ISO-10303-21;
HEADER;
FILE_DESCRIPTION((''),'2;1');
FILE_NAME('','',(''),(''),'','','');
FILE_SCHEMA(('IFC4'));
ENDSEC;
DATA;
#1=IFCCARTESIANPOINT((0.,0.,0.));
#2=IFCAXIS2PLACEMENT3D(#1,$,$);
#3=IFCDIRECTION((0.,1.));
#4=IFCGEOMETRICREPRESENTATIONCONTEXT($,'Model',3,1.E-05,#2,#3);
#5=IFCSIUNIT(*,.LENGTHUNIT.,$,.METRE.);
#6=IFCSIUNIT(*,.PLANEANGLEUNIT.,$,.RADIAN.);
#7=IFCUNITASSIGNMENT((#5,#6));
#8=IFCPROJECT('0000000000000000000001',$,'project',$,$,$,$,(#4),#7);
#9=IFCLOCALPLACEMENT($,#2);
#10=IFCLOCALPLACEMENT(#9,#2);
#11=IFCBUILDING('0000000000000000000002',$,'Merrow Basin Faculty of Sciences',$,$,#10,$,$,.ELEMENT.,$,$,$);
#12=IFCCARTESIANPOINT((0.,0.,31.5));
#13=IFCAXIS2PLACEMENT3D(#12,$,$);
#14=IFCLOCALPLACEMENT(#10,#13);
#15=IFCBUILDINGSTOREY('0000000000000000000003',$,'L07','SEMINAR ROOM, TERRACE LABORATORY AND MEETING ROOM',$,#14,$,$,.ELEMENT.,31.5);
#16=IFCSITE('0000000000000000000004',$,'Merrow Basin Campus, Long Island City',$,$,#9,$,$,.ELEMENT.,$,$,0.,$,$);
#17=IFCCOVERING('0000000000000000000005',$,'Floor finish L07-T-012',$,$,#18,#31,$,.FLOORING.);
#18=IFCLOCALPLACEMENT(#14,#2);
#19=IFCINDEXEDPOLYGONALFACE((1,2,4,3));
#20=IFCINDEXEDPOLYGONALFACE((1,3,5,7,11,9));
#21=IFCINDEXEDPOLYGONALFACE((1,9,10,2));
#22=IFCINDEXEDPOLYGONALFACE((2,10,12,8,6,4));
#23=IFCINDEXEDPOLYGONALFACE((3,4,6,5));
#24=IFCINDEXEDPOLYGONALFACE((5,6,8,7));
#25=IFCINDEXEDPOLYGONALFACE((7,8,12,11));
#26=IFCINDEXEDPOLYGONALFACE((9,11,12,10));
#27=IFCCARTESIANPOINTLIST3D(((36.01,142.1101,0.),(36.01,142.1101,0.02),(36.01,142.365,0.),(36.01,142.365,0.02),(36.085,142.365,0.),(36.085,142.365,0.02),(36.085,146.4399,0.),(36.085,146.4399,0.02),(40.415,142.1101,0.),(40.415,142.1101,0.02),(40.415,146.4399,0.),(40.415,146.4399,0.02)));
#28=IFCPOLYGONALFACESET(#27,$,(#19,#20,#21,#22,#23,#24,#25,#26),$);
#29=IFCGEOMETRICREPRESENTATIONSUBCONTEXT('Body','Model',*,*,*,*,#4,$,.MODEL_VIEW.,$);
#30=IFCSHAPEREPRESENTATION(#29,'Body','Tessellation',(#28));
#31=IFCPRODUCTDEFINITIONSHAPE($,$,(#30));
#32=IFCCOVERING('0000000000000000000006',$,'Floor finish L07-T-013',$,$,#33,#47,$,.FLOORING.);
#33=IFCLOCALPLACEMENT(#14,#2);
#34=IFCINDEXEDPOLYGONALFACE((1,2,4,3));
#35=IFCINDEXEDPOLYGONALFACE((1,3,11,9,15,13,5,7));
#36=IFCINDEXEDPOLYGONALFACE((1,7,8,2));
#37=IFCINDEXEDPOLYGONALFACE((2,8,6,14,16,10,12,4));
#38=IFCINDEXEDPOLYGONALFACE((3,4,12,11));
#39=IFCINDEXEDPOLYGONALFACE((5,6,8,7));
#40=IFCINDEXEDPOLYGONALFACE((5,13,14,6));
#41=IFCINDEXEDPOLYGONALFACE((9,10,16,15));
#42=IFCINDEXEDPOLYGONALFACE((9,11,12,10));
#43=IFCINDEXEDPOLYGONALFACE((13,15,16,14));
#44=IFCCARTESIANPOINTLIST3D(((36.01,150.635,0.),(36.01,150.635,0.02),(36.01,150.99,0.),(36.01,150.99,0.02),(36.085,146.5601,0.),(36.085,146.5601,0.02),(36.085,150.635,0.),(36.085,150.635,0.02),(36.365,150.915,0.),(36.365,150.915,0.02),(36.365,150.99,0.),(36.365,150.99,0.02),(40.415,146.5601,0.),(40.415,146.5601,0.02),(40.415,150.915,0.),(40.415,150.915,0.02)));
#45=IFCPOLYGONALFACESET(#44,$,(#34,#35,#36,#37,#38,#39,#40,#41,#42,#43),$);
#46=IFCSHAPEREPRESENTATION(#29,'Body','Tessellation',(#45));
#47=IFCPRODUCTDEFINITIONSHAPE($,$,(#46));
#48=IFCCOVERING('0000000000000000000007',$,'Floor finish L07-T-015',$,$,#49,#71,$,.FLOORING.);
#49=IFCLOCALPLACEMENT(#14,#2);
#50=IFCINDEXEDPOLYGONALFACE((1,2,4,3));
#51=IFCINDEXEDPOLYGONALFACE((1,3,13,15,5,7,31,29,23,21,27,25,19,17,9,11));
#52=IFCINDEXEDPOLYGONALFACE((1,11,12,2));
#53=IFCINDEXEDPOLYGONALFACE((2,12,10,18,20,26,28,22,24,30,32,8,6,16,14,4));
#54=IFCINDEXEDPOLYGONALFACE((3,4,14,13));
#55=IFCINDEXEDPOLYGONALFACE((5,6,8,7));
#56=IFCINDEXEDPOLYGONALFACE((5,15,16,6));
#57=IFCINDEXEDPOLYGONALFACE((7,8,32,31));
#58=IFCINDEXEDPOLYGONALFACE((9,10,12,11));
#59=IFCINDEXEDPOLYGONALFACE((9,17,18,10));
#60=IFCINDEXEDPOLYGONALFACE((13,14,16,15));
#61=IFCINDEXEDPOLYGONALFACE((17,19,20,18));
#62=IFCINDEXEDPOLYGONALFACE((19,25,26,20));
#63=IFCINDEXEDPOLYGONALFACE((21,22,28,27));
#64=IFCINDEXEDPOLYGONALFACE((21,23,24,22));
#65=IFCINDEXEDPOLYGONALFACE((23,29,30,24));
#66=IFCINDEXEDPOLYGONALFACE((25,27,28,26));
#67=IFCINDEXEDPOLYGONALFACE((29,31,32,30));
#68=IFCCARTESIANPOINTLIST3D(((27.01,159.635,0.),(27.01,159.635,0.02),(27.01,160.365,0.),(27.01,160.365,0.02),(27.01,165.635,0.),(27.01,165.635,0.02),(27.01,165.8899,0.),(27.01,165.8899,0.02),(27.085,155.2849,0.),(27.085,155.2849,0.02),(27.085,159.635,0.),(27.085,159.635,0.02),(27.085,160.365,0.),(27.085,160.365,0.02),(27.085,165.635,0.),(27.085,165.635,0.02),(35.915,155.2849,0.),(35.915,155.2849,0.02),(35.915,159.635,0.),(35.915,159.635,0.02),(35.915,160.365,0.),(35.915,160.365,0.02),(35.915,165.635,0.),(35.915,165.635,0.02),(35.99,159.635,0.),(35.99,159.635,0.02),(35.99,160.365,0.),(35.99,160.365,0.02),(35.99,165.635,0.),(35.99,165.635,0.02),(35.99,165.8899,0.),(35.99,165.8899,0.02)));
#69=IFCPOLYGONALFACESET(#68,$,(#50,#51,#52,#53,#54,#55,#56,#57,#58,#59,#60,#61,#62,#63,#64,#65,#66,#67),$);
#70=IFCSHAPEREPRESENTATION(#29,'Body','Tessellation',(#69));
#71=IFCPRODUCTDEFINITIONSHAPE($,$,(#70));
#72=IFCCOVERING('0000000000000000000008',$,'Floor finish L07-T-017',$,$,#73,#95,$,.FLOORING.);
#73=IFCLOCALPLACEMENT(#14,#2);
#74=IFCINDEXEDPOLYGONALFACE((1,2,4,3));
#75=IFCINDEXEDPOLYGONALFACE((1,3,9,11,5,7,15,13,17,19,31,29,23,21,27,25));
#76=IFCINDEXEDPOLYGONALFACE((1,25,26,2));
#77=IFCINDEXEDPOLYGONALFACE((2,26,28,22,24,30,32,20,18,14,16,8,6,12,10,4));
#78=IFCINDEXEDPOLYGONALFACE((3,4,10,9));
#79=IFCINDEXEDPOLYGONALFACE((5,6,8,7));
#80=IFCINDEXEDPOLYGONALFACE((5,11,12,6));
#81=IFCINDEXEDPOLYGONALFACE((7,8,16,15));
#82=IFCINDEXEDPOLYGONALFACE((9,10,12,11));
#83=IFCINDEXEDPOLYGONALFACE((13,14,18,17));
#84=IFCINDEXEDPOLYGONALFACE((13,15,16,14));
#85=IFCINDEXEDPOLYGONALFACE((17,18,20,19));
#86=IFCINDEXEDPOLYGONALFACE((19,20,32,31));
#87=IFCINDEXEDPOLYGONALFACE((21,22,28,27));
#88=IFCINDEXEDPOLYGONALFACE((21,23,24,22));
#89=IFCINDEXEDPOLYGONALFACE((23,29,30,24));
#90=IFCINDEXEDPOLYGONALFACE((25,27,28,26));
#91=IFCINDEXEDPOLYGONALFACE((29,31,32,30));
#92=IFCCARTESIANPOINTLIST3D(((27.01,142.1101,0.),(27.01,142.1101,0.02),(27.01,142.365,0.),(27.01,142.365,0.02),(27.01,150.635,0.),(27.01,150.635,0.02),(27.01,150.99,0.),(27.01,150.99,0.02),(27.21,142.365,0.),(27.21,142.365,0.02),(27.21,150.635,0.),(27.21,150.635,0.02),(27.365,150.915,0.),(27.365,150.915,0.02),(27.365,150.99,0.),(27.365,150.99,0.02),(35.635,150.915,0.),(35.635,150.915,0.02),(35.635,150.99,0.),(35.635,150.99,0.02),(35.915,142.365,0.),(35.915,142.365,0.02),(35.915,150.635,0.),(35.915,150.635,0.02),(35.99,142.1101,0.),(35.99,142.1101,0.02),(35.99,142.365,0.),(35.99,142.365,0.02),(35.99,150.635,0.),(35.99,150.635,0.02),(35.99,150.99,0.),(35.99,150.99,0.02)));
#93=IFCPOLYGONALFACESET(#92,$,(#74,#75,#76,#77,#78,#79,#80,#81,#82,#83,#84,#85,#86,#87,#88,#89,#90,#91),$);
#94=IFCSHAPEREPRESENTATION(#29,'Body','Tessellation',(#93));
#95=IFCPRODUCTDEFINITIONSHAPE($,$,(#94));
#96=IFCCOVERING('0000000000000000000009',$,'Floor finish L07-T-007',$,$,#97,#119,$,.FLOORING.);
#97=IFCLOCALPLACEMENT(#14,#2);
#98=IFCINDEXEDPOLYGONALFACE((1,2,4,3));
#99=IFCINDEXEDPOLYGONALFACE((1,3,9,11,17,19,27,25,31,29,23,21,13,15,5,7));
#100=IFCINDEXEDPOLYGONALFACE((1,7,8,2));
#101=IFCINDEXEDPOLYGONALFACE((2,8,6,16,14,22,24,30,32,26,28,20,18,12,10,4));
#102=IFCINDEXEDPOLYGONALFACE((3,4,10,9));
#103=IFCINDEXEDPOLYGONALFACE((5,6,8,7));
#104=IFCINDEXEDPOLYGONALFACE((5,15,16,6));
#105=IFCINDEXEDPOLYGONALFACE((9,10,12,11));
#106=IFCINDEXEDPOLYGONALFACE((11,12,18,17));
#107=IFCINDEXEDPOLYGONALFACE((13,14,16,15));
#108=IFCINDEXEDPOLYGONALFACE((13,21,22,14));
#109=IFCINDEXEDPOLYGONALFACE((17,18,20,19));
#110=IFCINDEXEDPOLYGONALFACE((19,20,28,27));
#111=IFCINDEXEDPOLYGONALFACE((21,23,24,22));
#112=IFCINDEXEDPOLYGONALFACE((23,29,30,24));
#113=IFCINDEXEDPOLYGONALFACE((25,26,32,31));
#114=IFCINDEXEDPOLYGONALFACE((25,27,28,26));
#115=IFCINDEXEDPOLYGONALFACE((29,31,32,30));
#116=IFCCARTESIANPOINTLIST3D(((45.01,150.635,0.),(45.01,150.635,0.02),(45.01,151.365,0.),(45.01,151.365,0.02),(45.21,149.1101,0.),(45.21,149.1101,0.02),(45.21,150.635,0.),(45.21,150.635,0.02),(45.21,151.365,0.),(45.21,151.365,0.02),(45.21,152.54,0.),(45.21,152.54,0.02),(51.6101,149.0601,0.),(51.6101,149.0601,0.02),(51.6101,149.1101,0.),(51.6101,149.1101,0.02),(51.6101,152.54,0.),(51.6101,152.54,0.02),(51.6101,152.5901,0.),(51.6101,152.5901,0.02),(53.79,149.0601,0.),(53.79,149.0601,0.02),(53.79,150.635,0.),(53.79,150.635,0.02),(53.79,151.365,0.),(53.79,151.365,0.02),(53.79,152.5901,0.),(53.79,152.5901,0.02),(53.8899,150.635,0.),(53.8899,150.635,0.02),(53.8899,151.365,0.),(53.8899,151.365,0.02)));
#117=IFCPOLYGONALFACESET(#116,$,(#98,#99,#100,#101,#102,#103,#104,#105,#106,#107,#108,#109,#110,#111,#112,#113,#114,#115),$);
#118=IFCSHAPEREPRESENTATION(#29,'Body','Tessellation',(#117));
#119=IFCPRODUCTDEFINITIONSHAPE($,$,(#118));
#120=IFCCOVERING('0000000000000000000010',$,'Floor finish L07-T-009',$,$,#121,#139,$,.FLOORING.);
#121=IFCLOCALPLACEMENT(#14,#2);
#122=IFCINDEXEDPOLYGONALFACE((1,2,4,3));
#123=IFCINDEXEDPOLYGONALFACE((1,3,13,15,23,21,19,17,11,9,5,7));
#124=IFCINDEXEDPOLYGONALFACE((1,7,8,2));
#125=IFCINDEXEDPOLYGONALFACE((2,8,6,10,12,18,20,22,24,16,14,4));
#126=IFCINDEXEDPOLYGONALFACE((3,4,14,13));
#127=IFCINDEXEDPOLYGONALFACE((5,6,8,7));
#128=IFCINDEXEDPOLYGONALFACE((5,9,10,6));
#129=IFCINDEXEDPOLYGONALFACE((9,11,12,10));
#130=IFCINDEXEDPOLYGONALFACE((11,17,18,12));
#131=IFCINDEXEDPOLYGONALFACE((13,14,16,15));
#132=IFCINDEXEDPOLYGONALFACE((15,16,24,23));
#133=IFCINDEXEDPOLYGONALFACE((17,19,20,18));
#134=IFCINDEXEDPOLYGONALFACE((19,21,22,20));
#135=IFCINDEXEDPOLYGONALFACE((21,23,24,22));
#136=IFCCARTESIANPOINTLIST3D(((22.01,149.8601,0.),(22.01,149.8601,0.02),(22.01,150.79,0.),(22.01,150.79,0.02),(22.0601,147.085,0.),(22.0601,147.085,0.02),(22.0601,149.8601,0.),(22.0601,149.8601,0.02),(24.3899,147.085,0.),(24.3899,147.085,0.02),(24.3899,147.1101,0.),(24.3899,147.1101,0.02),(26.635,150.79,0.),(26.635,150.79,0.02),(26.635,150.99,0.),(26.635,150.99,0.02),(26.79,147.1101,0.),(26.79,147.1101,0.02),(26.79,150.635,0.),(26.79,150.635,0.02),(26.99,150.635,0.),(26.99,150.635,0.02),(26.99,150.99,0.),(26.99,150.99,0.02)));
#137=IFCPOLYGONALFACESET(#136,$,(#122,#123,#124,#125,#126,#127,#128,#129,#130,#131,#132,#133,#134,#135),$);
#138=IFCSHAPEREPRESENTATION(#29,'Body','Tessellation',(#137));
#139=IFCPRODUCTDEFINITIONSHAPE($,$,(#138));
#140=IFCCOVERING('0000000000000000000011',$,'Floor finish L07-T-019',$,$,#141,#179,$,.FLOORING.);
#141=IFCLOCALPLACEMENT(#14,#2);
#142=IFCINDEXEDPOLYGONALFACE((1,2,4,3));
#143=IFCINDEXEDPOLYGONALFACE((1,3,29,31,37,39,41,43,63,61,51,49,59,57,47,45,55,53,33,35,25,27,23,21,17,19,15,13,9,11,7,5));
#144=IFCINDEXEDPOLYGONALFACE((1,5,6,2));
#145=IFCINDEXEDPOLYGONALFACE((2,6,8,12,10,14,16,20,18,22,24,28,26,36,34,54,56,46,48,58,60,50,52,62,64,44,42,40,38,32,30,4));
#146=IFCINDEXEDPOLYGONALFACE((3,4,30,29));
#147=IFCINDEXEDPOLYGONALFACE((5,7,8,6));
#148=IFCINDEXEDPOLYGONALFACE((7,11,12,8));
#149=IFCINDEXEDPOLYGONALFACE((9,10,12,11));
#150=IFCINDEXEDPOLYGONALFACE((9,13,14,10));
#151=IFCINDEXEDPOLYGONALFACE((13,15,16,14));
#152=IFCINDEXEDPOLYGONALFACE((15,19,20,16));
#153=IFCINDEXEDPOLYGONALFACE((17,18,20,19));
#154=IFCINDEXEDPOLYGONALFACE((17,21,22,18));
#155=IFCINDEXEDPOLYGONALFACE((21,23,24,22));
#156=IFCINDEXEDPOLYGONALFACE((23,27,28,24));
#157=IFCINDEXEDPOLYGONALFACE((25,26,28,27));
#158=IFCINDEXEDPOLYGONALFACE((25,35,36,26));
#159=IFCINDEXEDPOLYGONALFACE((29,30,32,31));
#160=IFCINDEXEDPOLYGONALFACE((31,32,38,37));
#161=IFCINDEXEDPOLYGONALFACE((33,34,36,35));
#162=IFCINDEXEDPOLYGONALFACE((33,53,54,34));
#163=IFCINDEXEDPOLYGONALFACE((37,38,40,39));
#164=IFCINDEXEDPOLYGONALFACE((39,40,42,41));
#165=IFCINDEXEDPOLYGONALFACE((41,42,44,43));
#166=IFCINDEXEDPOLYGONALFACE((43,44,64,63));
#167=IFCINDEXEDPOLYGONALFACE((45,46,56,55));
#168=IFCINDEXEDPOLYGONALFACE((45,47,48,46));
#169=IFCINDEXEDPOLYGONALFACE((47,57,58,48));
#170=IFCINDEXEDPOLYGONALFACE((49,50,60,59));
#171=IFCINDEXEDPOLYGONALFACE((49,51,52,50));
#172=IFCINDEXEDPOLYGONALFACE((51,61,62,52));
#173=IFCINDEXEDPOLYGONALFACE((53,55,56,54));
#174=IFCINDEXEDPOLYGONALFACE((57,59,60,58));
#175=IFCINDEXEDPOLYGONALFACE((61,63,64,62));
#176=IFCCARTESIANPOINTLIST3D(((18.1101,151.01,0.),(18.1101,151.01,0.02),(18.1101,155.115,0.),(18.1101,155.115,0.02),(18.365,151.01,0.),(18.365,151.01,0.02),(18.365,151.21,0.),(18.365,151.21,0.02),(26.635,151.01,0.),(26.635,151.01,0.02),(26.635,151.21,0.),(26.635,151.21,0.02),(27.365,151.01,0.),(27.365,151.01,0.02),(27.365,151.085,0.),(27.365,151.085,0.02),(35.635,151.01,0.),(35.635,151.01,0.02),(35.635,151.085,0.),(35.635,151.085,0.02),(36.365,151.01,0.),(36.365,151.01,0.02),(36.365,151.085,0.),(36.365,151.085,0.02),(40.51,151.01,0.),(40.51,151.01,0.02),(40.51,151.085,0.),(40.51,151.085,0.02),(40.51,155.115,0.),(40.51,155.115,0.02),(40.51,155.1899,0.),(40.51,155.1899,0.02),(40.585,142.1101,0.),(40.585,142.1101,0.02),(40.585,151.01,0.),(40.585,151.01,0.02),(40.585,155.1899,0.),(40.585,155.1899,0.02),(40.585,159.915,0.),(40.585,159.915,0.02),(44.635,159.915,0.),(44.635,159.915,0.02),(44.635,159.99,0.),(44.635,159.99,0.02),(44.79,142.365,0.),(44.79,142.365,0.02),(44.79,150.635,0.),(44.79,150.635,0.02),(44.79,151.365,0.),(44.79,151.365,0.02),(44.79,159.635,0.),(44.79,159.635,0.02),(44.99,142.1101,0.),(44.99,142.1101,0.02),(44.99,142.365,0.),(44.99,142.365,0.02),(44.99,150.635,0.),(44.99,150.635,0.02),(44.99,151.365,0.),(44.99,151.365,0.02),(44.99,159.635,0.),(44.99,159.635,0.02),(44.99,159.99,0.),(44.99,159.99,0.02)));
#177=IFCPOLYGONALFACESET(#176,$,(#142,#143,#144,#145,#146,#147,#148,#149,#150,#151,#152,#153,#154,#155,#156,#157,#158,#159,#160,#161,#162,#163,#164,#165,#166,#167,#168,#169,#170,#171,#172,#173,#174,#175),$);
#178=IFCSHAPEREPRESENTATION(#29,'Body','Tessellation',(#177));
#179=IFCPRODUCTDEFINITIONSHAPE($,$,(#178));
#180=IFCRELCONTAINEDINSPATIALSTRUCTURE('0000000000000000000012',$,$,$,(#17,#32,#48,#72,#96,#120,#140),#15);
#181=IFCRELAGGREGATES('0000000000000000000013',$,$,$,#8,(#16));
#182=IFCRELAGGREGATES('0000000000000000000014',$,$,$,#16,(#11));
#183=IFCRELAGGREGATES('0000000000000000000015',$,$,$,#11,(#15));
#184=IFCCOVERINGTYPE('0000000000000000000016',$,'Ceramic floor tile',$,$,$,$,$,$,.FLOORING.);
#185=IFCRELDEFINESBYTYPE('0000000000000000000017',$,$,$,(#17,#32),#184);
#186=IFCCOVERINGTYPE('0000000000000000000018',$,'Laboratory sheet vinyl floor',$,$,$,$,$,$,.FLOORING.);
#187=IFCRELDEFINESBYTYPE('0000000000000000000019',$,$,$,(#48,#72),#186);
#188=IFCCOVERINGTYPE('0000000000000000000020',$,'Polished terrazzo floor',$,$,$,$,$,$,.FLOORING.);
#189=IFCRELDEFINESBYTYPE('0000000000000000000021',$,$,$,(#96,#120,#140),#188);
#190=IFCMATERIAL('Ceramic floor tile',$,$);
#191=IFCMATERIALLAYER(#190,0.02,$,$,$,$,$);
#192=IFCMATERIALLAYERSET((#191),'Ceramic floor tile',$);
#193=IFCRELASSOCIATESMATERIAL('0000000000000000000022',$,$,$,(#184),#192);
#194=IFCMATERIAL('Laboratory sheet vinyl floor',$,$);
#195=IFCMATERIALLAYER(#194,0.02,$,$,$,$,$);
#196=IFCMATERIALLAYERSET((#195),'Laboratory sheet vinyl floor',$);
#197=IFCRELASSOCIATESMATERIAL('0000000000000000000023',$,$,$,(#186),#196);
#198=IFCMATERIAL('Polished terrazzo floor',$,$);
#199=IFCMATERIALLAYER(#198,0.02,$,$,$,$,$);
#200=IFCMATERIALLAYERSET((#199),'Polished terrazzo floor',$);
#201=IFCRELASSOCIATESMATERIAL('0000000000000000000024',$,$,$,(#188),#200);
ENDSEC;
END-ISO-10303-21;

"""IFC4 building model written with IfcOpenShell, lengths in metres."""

from ifc_helpers import new_model, si_unit, direction, frame, origin, place, context, subcontext, project, spatial, polyline, outline, extrude, material, layer, layer_set, type_object, element, save


model = new_model("IFC4")

# Units and contexts
model_context = context("Model", 3, precision=1e-05, world=origin(), true_north=direction((0.0, 1.0)))
body_context = subcontext(model_context, "Body", "Model", "MODEL_VIEW")
ifc_project = project(units=[si_unit("LENGTHUNIT", "METRE"), si_unit("PLANEANGLEUNIT", "RADIAN")], contexts=[model_context])

# Site, building, storey
site_placement = place(None, origin())
site = spatial("IfcSite", under=ifc_project, at=site_placement, Name="Merrow Basin Campus, Long Island City", CompositionType="ELEMENT", RefElevation=0.0)
building_placement = place(site_placement, origin())
building = spatial("IfcBuilding", under=site, at=building_placement, Name="Merrow Basin Faculty of Sciences", CompositionType="ELEMENT")
storey_placement = place(building_placement, frame((0.0, 0.0, 31.5)))
storey = spatial("IfcBuildingStorey", under=building, at=storey_placement, Name="L07", Description="SEMINAR ROOM, TERRACE LABORATORY AND MEETING ROOM", CompositionType="ELEMENT", Elevation=31.5)

# Coverings
ifc_material_1 = material(Name="Ceramic floor tile")
ifc_layer_1 = layer(ifc_material_1, 0.02)
ifc_layer_set_1 = layer_set([ifc_layer_1], Name="Ceramic floor tile")
covering_type_1 = type_object("IfcCoveringType", Name="Ceramic floor tile", PredefinedType="FLOORING", material=ifc_layer_set_1)
covering_1_placement = place(storey_placement, origin())
element("IfcCovering", 1, at=covering_1_placement, inside=storey, type_object=covering_type_1, Name="Floor finish L07-T-012", PredefinedType="FLOORING", context=body_context, shape_type="SweptSolid", body=[
    extrude(outline(polyline([(36.01, 142.1101), (36.01, 142.365), (36.085, 142.365), (36.085, 146.4399), (40.415, 146.4399), (40.415, 142.1101), (36.01, 142.1101)])), origin(), (0.0, 0.0, 1.0), 0.02),
])
covering_2_placement = place(storey_placement, origin())
element("IfcCovering", 2, at=covering_2_placement, inside=storey, type_object=covering_type_1, Name="Floor finish L07-T-013", PredefinedType="FLOORING", context=body_context, shape_type="SweptSolid", body=[
    extrude(outline(polyline([(36.01, 150.99), (36.365, 150.99), (36.365, 150.915), (40.415, 150.915), (40.415, 146.5601), (36.085, 146.5601), (36.085, 150.635), (36.01, 150.635), (36.01, 150.99)])), origin(), (0.0, 0.0, 1.0), 0.02),
])
ifc_material_2 = material(Name="Laboratory sheet vinyl floor")
ifc_layer_2 = layer(ifc_material_2, 0.02)
ifc_layer_set_2 = layer_set([ifc_layer_2], Name="Laboratory sheet vinyl floor")
covering_type_2 = type_object("IfcCoveringType", Name="Laboratory sheet vinyl floor", PredefinedType="FLOORING", material=ifc_layer_set_2)
covering_3_placement = place(storey_placement, origin())
element("IfcCovering", 3, at=covering_3_placement, inside=storey, type_object=covering_type_2, Name="Floor finish L07-T-015", PredefinedType="FLOORING", context=body_context, shape_type="SweptSolid", body=[
    extrude(outline(polyline([(27.01, 160.365), (27.085, 160.365), (27.085, 165.635), (27.01, 165.635), (27.01, 165.8899), (35.99, 165.8899), (35.99, 165.635), (35.915, 165.635), (35.915, 160.365), (35.99, 160.365), (35.99, 159.635), (35.915, 159.635), (35.915, 155.2849), (27.085, 155.2849), (27.085, 159.635), (27.01, 159.635), (27.01, 160.365)])), origin(), (0.0, 0.0, 1.0), 0.02),
])
covering_4_placement = place(storey_placement, origin())
element("IfcCovering", 4, at=covering_4_placement, inside=storey, type_object=covering_type_2, Name="Floor finish L07-T-017", PredefinedType="FLOORING", context=body_context, shape_type="SweptSolid", body=[
    extrude(outline(polyline([(27.365, 150.99), (27.365, 150.915), (35.635, 150.915), (35.635, 150.99), (35.99, 150.99), (35.99, 150.635), (35.915, 150.635), (35.915, 142.365), (35.99, 142.365), (35.99, 142.1101), (27.01, 142.1101), (27.01, 142.365), (27.21, 142.365), (27.21, 150.635), (27.01, 150.635), (27.01, 150.99), (27.365, 150.99)])), origin(), (0.0, 0.0, 1.0), 0.02),
])
ifc_material_3 = material(Name="Polished terrazzo floor")
ifc_layer_3 = layer(ifc_material_3, 0.02)
ifc_layer_set_3 = layer_set([ifc_layer_3], Name="Polished terrazzo floor")
covering_type_3 = type_object("IfcCoveringType", Name="Polished terrazzo floor", PredefinedType="FLOORING", material=ifc_layer_set_3)
covering_5_placement = place(storey_placement, origin())
element("IfcCovering", 5, at=covering_5_placement, inside=storey, type_object=covering_type_3, Name="Floor finish L07-T-007", PredefinedType="FLOORING", context=body_context, shape_type="SweptSolid", body=[
    extrude(outline(polyline([(45.01, 151.365), (45.21, 151.365), (45.21, 152.54), (51.6101, 152.54), (51.6101, 152.5901), (53.79, 152.5901), (53.79, 151.365), (53.8899, 151.365), (53.8899, 150.635), (53.79, 150.635), (53.79, 149.0601), (51.6101, 149.0601), (51.6101, 149.1101), (45.21, 149.1101), (45.21, 150.635), (45.01, 150.635), (45.01, 151.365)])), origin(), (0.0, 0.0, 1.0), 0.02),
])
covering_6_placement = place(storey_placement, origin())
element("IfcCovering", 6, at=covering_6_placement, inside=storey, type_object=covering_type_3, Name="Floor finish L07-T-009", PredefinedType="FLOORING", context=body_context, shape_type="SweptSolid", body=[
    extrude(outline(polyline([(26.99, 150.99), (26.99, 150.635), (26.79, 150.635), (26.79, 147.1101), (24.3899, 147.1101), (24.3899, 147.085), (22.0601, 147.085), (22.0601, 149.8601), (22.01, 149.8601), (22.01, 150.79), (26.635, 150.79), (26.635, 150.99), (26.99, 150.99)])), origin(), (0.0, 0.0, 1.0), 0.02),
])
covering_7_placement = place(storey_placement, origin())
element("IfcCovering", 7, at=covering_7_placement, inside=storey, type_object=covering_type_3, Name="Floor finish L07-T-019", PredefinedType="FLOORING", context=body_context, shape_type="SweptSolid", body=[
    extrude(outline(polyline([(44.99, 159.635), (44.79, 159.635), (44.79, 151.365), (44.99, 151.365), (44.99, 150.635), (44.79, 150.635), (44.79, 142.365), (44.99, 142.365), (44.99, 142.1101), (40.585, 142.1101), (40.585, 151.01), (40.51, 151.01), (40.51, 151.085), (36.365, 151.085), (36.365, 151.01), (35.635, 151.01), (35.635, 151.085), (27.365, 151.085), (27.365, 151.01), (26.635, 151.01), (26.635, 151.21), (18.365, 151.21), (18.365, 151.01), (18.1101, 151.01), (18.1101, 155.115), (40.51, 155.115), (40.51, 155.1899), (40.585, 155.1899), (40.585, 159.915), (44.635, 159.915), (44.635, 159.99), (44.99, 159.99), (44.99, 159.635)])), origin(), (0.0, 0.0, 1.0), 0.02),
])

save(model, "model.ifc")
